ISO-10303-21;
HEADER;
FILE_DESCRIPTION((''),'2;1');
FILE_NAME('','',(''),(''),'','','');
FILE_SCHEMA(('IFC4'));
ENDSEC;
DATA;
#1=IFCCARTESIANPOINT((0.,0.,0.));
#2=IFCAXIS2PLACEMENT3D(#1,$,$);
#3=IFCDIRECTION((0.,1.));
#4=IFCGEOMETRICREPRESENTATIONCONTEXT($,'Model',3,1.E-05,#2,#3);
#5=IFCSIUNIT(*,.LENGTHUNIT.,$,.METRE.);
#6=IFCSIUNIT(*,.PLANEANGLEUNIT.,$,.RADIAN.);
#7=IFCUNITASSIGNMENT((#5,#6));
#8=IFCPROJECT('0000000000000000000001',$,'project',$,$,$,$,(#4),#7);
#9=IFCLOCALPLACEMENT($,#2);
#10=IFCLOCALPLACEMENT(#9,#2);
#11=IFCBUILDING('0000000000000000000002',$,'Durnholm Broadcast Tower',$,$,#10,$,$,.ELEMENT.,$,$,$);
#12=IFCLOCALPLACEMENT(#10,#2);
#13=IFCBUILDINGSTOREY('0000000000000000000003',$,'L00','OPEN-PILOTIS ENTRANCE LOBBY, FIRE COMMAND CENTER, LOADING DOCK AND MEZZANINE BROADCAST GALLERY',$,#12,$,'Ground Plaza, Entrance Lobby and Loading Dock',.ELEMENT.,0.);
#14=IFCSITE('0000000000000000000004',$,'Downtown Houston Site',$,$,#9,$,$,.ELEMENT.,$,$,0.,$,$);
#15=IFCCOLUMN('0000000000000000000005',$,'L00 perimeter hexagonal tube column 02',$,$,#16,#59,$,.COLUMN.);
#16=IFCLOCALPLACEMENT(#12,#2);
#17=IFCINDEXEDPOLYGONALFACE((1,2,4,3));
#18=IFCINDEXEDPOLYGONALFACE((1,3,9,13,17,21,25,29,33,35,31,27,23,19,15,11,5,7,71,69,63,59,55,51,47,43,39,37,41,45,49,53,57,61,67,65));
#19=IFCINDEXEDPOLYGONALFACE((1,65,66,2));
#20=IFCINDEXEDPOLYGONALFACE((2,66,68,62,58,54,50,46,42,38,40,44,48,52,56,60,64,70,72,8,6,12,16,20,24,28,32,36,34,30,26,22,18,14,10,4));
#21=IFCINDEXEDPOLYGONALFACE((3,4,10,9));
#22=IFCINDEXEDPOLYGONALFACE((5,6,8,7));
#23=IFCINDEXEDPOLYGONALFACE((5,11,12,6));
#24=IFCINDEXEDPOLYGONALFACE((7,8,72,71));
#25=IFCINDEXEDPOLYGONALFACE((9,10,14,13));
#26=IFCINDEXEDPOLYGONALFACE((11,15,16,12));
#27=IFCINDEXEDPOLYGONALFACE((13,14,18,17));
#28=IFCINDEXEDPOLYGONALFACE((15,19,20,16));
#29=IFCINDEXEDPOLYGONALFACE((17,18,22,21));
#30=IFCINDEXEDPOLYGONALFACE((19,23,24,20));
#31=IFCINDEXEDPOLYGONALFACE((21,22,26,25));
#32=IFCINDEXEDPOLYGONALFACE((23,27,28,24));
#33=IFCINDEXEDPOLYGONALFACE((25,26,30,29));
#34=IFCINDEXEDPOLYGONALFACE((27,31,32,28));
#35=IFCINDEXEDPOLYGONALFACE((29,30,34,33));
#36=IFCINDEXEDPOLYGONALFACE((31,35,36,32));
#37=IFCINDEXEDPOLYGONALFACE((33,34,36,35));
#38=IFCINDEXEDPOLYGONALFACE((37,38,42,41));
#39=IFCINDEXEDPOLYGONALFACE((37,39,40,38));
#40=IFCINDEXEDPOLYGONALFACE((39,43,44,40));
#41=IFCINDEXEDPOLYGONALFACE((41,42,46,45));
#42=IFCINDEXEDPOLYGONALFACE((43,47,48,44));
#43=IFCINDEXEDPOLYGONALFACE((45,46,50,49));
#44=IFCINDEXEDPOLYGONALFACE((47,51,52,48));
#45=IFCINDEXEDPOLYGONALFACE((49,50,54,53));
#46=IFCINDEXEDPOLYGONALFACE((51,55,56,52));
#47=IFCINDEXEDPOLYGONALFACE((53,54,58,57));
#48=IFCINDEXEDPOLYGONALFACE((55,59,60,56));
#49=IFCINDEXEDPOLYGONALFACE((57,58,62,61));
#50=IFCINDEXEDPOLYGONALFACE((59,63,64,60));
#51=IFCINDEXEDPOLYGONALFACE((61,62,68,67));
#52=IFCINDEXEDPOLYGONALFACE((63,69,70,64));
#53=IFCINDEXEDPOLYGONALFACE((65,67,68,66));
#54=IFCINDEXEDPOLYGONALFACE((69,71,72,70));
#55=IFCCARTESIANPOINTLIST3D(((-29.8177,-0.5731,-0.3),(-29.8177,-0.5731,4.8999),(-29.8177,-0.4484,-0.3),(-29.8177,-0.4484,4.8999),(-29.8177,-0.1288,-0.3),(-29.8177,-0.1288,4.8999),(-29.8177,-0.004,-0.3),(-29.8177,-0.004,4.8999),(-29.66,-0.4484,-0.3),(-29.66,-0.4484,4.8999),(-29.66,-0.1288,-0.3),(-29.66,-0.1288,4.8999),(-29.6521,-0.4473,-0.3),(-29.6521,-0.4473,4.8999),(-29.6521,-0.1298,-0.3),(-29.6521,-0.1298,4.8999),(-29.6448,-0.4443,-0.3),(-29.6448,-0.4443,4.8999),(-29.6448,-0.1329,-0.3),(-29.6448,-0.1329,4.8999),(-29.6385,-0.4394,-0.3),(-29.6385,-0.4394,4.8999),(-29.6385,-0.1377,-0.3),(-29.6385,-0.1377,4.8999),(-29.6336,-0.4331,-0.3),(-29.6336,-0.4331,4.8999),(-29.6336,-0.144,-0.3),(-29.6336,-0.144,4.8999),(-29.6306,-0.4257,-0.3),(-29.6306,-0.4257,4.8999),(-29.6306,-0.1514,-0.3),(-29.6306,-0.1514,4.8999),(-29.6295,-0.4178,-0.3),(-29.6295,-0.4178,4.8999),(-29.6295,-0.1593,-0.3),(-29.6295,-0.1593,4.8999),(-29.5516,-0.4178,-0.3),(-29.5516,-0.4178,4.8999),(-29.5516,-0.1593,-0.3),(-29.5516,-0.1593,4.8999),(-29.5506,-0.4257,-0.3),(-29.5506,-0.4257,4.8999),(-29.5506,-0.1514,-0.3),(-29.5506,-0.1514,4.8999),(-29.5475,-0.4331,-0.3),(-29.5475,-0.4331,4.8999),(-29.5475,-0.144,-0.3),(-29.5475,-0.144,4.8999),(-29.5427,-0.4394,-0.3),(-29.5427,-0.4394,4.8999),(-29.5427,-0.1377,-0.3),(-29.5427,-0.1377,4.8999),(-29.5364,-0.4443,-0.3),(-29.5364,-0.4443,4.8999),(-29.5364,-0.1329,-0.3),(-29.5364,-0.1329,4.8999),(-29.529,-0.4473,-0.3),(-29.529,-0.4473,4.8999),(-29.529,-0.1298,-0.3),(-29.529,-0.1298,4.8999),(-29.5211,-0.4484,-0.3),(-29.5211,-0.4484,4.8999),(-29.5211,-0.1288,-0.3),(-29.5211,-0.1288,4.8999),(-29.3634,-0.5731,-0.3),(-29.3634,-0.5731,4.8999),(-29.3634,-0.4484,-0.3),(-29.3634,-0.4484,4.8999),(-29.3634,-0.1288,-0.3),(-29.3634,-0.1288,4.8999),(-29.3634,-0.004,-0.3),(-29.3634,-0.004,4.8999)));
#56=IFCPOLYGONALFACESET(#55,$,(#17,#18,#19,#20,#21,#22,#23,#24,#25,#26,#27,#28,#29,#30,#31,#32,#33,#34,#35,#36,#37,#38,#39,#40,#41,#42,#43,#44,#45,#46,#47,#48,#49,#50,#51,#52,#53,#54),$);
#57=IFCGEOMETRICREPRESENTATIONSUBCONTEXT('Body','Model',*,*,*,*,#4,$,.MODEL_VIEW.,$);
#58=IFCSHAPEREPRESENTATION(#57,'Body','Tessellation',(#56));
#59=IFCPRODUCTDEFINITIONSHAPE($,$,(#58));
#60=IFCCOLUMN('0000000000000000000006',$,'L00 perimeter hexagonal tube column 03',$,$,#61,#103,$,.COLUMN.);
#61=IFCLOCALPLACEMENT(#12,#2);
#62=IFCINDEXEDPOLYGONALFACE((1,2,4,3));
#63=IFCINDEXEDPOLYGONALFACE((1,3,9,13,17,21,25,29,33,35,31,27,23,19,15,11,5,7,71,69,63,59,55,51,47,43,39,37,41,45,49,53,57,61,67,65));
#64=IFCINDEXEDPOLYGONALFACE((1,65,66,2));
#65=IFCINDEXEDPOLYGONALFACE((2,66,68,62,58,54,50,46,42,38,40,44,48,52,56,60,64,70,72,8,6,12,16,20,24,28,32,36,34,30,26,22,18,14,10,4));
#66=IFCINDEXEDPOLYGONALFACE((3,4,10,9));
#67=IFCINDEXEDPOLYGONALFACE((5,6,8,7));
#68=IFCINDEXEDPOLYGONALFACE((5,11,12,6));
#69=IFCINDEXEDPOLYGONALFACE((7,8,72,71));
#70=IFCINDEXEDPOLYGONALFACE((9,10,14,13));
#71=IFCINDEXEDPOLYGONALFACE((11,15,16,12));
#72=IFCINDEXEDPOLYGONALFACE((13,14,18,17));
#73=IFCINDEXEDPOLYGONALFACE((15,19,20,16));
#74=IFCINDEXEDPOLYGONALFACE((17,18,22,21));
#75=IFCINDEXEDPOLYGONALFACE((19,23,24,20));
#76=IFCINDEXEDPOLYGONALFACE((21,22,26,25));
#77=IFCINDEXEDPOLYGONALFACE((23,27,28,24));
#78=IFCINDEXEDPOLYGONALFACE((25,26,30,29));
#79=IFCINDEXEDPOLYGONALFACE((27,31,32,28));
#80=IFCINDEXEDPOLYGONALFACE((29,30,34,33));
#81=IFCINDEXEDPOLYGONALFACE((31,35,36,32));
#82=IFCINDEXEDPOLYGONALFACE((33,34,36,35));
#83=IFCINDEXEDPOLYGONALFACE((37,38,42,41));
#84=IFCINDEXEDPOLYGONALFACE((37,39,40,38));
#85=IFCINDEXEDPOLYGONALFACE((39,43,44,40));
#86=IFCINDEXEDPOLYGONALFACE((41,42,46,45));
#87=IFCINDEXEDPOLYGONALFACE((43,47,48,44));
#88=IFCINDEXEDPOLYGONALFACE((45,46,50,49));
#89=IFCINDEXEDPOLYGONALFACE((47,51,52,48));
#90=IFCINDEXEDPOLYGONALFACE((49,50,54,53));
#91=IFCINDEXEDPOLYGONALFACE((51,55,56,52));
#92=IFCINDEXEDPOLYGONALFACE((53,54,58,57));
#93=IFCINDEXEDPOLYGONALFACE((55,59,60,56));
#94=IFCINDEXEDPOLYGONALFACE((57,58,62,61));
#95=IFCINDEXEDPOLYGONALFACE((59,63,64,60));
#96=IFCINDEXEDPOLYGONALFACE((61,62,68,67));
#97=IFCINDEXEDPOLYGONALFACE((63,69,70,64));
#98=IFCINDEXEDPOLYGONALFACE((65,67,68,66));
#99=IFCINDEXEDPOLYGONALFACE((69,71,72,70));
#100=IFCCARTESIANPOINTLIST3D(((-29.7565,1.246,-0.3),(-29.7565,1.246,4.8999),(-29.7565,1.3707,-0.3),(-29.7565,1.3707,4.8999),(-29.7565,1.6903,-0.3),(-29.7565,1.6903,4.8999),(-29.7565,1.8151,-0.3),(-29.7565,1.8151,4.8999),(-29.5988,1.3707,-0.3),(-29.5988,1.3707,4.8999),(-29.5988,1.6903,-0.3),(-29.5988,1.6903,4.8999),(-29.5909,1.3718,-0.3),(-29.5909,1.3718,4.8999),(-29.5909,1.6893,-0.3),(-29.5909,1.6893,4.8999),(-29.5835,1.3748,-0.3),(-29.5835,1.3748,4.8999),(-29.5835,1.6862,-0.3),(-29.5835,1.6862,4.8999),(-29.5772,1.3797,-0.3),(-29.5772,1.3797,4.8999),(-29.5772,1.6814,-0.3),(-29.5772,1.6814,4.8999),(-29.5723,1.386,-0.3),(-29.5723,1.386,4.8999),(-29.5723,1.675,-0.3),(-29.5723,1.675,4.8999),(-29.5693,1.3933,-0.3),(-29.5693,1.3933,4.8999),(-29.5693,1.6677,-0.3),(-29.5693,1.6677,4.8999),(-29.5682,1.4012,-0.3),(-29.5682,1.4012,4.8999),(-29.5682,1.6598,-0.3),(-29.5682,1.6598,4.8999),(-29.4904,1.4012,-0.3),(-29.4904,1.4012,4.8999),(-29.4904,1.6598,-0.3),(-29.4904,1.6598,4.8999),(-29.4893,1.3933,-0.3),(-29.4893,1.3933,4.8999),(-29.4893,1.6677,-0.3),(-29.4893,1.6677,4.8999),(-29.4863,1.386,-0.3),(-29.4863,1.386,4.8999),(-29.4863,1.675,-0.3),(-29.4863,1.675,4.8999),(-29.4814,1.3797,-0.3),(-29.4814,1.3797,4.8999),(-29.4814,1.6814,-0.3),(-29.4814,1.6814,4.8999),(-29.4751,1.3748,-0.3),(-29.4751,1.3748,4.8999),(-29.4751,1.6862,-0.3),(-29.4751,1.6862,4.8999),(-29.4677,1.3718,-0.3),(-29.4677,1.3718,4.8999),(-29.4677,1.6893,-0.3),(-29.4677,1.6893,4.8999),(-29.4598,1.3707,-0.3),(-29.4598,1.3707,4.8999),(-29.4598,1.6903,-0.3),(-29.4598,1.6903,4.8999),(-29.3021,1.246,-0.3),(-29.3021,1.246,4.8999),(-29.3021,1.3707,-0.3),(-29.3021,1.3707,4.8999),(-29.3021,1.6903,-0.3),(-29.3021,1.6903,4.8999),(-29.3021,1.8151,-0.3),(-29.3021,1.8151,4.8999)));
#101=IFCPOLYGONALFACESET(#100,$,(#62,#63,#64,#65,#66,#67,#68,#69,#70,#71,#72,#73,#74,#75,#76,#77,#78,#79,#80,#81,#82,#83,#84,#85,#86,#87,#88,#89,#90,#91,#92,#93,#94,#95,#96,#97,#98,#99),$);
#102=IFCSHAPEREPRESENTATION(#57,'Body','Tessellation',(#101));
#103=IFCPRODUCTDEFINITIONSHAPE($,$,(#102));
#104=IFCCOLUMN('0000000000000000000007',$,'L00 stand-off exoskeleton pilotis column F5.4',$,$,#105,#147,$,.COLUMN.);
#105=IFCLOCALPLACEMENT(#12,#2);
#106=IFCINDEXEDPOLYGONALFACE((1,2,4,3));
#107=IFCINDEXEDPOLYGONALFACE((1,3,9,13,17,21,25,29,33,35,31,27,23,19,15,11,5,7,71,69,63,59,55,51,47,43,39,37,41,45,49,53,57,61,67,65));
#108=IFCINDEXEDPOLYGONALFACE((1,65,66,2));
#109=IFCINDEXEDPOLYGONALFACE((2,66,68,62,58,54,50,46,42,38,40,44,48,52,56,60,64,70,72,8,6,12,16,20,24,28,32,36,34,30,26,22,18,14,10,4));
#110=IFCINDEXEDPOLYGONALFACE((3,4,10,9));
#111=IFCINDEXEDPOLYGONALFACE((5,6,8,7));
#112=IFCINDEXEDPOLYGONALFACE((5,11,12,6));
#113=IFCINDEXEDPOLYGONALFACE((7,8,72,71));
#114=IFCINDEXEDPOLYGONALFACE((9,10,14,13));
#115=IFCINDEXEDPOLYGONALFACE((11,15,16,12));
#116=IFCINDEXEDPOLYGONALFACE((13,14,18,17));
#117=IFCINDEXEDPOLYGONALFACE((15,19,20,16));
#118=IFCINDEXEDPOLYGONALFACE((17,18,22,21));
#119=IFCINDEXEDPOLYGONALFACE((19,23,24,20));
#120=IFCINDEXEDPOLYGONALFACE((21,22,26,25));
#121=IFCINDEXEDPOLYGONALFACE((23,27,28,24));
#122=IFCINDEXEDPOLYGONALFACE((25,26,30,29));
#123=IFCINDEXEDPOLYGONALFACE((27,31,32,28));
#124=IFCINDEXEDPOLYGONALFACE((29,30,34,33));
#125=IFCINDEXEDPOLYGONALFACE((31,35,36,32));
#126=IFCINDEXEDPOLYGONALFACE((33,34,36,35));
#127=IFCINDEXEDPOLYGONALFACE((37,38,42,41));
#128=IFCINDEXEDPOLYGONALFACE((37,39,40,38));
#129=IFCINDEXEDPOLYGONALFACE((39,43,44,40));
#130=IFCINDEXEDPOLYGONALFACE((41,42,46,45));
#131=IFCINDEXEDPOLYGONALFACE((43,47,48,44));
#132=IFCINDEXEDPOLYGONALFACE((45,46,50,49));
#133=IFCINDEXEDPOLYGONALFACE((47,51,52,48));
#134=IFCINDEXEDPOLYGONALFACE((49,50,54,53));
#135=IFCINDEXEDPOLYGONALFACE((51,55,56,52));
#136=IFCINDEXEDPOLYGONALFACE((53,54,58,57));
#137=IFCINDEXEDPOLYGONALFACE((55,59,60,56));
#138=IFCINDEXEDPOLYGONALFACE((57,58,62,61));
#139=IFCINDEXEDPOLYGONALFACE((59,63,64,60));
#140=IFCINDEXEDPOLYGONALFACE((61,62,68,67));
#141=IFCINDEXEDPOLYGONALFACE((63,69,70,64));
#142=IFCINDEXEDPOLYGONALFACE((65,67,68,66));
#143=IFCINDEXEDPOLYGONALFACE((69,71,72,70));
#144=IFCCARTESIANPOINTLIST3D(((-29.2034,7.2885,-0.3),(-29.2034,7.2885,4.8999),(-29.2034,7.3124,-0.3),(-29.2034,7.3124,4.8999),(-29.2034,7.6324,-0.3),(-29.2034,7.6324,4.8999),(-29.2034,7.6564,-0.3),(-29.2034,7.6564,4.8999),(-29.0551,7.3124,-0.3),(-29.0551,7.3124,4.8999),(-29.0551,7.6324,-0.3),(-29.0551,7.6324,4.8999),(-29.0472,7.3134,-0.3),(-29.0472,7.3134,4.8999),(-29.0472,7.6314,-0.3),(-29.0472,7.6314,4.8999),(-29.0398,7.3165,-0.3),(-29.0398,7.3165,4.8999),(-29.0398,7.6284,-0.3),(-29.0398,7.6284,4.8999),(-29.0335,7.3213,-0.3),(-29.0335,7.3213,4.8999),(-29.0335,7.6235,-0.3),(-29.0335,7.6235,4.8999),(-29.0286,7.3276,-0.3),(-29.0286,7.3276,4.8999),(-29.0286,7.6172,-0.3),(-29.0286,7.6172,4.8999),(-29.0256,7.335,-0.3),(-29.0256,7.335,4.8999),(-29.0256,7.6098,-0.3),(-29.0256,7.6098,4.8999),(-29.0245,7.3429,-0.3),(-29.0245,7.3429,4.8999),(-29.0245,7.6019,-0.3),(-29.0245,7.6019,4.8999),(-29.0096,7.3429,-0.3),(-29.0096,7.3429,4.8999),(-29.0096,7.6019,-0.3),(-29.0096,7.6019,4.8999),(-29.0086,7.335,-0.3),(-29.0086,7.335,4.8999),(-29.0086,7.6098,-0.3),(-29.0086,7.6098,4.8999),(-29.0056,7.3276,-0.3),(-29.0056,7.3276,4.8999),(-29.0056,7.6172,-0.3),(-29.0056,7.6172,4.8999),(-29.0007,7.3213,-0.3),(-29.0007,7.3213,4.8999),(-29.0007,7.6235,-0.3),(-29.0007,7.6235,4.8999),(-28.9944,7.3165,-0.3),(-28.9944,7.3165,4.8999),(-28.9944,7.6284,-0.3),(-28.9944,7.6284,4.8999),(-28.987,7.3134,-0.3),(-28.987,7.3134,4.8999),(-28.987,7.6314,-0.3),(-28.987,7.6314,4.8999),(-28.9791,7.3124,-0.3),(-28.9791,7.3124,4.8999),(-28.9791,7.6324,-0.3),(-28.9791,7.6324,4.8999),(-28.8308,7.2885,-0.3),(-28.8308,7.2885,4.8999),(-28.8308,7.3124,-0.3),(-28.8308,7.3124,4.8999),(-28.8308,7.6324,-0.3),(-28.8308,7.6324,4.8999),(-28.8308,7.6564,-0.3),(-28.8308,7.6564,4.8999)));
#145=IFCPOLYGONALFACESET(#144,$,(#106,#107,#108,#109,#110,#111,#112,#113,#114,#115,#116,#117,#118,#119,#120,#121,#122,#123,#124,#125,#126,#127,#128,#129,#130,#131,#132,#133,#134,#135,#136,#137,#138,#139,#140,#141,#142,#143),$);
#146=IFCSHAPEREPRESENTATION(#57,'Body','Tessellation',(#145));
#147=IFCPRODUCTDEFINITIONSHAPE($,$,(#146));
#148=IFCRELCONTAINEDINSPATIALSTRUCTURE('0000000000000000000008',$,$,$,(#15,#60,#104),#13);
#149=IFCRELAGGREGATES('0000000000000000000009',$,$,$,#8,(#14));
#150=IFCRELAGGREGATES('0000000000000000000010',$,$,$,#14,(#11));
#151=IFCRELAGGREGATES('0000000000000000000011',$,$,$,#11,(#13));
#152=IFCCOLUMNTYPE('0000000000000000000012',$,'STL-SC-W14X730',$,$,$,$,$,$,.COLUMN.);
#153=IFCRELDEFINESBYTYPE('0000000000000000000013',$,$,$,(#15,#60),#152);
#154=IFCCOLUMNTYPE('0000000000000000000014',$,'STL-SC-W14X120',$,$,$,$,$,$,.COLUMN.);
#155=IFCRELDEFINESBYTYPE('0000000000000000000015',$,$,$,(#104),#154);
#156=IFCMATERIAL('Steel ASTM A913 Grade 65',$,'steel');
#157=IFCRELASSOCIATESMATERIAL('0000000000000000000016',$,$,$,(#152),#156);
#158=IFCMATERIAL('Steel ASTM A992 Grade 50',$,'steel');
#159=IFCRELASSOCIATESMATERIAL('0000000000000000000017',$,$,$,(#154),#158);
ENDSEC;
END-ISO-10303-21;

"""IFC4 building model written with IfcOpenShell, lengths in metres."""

from ifc_helpers import new_model, si_unit, direction, frame, origin, origin_2d, place, context, subcontext, project, spatial, i_section, extrude, source, transform, mapped, material, material_profile, profile_set, type_object, type_shapes, element, save


model = new_model("IFC4")

# Units and contexts
model_context = context("Model", 3, precision=1e-05, world=origin(), true_north=direction((0.0, 1.0)))
body_context = subcontext(model_context, "Body", "Model", "MODEL_VIEW")
ifc_project = project(units=[si_unit("LENGTHUNIT", "METRE"), si_unit("PLANEANGLEUNIT", "RADIAN")], contexts=[model_context])

# Site, building, storey
site_placement = place(None, origin())
site = spatial("IfcSite", under=ifc_project, at=site_placement, Name="Downtown Houston Site", CompositionType="ELEMENT", RefElevation=0.0)
building_placement = place(site_placement, origin())
building = spatial("IfcBuilding", under=site, at=building_placement, Name="Durnholm Broadcast Tower", CompositionType="ELEMENT")
storey_placement = place(building_placement, origin())
storey = spatial("IfcBuildingStorey", under=building, at=storey_placement, Name="L00", Description="OPEN-PILOTIS ENTRANCE LOBBY, FIRE COMMAND CENTER, LOADING DOCK AND MEZZANINE BROADCAST GALLERY", LongName="Ground Plaza, Entrance Lobby and Loading Dock", CompositionType="ELEMENT", Elevation=0.0)

# Columns
ifc_material_1 = material(Name="Steel ASTM A913 Grade 65", Category="steel")
ifc_material_profile_1 = material_profile(ifc_material_1, i_section(OverallWidth=0.4543, OverallDepth=0.5691, WebThickness=0.0779, FlangeThickness=0.1248, FilletRadius=0.0305, at=origin_2d()), Name="W14X730")
ifc_profile_set_1 = profile_set([ifc_material_profile_1], Name="Steel ASTM A913 Grade 65")
column_type_1 = type_object("IfcColumnType", Name="STL-SC-W14X730", PredefinedType="COLUMN", material=ifc_profile_set_1)
shared_shape_1 = source(origin(), body_context, "Body", "SweptSolid", [
    extrude(i_section(OverallWidth=0.4543, OverallDepth=0.5691, WebThickness=0.0779, FlangeThickness=0.1248, FilletRadius=0.0305, at=origin_2d()), origin(), (0.0, 0.0, 1.0), 5.2),
])
type_shapes(column_type_1, [shared_shape_1])
for number, where, z_axis, x_axis, name in (
    (1, (-29.5906, -0.2886, -0.3), (0.0, 0.0, 1.0), (1.0, 0.0, 0.0), "L00 perimeter hexagonal tube column 02"),
    (2, (-29.5293, 1.5305, -0.3), (0.0, 0.0, 1.0), (1.0, 0.0, 0.0), "L00 perimeter hexagonal tube column 03"),
):
    element("IfcColumn", number, at=place(storey_placement, frame(where, z_axis=z_axis, x_axis=x_axis)), inside=storey, type_object=column_type_1, Name=name, PredefinedType="COLUMN", context=body_context, shape_type="MappedRepresentation", body=[
        mapped(shared_shape_1, transform((0.0, 0.0, 0.0), x_axis=(1.0, 0.0, 0.0), y_axis=(0.0, 1.0, 0.0), z_axis=(0.0, 0.0, 1.0), scale=1.0)),
    ])
ifc_material_2 = material(Name="Steel ASTM A992 Grade 50", Category="steel")
ifc_material_profile_2 = material_profile(ifc_material_2, i_section(OverallWidth=0.3726, OverallDepth=0.3679, WebThickness=0.0149, FlangeThickness=0.0239, FilletRadius=0.0305, at=origin_2d()), Name="W14X120")
ifc_profile_set_2 = profile_set([ifc_material_profile_2], Name="Steel ASTM A992 Grade 50")
column_type_2 = type_object("IfcColumnType", Name="STL-SC-W14X120", PredefinedType="COLUMN", material=ifc_profile_set_2)
shared_shape_2 = source(origin(), body_context, "Body", "SweptSolid", [
    extrude(i_section(OverallWidth=0.3726, OverallDepth=0.3679, WebThickness=0.0149, FlangeThickness=0.0239, FilletRadius=0.0305, at=origin_2d()), origin(), (0.0, 0.0, 1.0), 5.2),
])
type_shapes(column_type_2, [shared_shape_2])
column_placement = place(storey_placement, frame((-29.0171, 7.4724, -0.3), z_axis=(0.0, 0.0, 1.0), x_axis=(1.0, 0.0, 0.0)))
element("IfcColumn", 3, at=column_placement, inside=storey, type_object=column_type_2, Name="L00 stand-off exoskeleton pilotis column F5.4", PredefinedType="COLUMN", context=body_context, shape_type="MappedRepresentation", body=[
    mapped(shared_shape_2, transform((0.0, 0.0, 0.0), x_axis=(1.0, 0.0, 0.0), y_axis=(0.0, 1.0, 0.0), z_axis=(0.0, 0.0, 1.0), scale=1.0)),
])

save(model, "model.ifc")
